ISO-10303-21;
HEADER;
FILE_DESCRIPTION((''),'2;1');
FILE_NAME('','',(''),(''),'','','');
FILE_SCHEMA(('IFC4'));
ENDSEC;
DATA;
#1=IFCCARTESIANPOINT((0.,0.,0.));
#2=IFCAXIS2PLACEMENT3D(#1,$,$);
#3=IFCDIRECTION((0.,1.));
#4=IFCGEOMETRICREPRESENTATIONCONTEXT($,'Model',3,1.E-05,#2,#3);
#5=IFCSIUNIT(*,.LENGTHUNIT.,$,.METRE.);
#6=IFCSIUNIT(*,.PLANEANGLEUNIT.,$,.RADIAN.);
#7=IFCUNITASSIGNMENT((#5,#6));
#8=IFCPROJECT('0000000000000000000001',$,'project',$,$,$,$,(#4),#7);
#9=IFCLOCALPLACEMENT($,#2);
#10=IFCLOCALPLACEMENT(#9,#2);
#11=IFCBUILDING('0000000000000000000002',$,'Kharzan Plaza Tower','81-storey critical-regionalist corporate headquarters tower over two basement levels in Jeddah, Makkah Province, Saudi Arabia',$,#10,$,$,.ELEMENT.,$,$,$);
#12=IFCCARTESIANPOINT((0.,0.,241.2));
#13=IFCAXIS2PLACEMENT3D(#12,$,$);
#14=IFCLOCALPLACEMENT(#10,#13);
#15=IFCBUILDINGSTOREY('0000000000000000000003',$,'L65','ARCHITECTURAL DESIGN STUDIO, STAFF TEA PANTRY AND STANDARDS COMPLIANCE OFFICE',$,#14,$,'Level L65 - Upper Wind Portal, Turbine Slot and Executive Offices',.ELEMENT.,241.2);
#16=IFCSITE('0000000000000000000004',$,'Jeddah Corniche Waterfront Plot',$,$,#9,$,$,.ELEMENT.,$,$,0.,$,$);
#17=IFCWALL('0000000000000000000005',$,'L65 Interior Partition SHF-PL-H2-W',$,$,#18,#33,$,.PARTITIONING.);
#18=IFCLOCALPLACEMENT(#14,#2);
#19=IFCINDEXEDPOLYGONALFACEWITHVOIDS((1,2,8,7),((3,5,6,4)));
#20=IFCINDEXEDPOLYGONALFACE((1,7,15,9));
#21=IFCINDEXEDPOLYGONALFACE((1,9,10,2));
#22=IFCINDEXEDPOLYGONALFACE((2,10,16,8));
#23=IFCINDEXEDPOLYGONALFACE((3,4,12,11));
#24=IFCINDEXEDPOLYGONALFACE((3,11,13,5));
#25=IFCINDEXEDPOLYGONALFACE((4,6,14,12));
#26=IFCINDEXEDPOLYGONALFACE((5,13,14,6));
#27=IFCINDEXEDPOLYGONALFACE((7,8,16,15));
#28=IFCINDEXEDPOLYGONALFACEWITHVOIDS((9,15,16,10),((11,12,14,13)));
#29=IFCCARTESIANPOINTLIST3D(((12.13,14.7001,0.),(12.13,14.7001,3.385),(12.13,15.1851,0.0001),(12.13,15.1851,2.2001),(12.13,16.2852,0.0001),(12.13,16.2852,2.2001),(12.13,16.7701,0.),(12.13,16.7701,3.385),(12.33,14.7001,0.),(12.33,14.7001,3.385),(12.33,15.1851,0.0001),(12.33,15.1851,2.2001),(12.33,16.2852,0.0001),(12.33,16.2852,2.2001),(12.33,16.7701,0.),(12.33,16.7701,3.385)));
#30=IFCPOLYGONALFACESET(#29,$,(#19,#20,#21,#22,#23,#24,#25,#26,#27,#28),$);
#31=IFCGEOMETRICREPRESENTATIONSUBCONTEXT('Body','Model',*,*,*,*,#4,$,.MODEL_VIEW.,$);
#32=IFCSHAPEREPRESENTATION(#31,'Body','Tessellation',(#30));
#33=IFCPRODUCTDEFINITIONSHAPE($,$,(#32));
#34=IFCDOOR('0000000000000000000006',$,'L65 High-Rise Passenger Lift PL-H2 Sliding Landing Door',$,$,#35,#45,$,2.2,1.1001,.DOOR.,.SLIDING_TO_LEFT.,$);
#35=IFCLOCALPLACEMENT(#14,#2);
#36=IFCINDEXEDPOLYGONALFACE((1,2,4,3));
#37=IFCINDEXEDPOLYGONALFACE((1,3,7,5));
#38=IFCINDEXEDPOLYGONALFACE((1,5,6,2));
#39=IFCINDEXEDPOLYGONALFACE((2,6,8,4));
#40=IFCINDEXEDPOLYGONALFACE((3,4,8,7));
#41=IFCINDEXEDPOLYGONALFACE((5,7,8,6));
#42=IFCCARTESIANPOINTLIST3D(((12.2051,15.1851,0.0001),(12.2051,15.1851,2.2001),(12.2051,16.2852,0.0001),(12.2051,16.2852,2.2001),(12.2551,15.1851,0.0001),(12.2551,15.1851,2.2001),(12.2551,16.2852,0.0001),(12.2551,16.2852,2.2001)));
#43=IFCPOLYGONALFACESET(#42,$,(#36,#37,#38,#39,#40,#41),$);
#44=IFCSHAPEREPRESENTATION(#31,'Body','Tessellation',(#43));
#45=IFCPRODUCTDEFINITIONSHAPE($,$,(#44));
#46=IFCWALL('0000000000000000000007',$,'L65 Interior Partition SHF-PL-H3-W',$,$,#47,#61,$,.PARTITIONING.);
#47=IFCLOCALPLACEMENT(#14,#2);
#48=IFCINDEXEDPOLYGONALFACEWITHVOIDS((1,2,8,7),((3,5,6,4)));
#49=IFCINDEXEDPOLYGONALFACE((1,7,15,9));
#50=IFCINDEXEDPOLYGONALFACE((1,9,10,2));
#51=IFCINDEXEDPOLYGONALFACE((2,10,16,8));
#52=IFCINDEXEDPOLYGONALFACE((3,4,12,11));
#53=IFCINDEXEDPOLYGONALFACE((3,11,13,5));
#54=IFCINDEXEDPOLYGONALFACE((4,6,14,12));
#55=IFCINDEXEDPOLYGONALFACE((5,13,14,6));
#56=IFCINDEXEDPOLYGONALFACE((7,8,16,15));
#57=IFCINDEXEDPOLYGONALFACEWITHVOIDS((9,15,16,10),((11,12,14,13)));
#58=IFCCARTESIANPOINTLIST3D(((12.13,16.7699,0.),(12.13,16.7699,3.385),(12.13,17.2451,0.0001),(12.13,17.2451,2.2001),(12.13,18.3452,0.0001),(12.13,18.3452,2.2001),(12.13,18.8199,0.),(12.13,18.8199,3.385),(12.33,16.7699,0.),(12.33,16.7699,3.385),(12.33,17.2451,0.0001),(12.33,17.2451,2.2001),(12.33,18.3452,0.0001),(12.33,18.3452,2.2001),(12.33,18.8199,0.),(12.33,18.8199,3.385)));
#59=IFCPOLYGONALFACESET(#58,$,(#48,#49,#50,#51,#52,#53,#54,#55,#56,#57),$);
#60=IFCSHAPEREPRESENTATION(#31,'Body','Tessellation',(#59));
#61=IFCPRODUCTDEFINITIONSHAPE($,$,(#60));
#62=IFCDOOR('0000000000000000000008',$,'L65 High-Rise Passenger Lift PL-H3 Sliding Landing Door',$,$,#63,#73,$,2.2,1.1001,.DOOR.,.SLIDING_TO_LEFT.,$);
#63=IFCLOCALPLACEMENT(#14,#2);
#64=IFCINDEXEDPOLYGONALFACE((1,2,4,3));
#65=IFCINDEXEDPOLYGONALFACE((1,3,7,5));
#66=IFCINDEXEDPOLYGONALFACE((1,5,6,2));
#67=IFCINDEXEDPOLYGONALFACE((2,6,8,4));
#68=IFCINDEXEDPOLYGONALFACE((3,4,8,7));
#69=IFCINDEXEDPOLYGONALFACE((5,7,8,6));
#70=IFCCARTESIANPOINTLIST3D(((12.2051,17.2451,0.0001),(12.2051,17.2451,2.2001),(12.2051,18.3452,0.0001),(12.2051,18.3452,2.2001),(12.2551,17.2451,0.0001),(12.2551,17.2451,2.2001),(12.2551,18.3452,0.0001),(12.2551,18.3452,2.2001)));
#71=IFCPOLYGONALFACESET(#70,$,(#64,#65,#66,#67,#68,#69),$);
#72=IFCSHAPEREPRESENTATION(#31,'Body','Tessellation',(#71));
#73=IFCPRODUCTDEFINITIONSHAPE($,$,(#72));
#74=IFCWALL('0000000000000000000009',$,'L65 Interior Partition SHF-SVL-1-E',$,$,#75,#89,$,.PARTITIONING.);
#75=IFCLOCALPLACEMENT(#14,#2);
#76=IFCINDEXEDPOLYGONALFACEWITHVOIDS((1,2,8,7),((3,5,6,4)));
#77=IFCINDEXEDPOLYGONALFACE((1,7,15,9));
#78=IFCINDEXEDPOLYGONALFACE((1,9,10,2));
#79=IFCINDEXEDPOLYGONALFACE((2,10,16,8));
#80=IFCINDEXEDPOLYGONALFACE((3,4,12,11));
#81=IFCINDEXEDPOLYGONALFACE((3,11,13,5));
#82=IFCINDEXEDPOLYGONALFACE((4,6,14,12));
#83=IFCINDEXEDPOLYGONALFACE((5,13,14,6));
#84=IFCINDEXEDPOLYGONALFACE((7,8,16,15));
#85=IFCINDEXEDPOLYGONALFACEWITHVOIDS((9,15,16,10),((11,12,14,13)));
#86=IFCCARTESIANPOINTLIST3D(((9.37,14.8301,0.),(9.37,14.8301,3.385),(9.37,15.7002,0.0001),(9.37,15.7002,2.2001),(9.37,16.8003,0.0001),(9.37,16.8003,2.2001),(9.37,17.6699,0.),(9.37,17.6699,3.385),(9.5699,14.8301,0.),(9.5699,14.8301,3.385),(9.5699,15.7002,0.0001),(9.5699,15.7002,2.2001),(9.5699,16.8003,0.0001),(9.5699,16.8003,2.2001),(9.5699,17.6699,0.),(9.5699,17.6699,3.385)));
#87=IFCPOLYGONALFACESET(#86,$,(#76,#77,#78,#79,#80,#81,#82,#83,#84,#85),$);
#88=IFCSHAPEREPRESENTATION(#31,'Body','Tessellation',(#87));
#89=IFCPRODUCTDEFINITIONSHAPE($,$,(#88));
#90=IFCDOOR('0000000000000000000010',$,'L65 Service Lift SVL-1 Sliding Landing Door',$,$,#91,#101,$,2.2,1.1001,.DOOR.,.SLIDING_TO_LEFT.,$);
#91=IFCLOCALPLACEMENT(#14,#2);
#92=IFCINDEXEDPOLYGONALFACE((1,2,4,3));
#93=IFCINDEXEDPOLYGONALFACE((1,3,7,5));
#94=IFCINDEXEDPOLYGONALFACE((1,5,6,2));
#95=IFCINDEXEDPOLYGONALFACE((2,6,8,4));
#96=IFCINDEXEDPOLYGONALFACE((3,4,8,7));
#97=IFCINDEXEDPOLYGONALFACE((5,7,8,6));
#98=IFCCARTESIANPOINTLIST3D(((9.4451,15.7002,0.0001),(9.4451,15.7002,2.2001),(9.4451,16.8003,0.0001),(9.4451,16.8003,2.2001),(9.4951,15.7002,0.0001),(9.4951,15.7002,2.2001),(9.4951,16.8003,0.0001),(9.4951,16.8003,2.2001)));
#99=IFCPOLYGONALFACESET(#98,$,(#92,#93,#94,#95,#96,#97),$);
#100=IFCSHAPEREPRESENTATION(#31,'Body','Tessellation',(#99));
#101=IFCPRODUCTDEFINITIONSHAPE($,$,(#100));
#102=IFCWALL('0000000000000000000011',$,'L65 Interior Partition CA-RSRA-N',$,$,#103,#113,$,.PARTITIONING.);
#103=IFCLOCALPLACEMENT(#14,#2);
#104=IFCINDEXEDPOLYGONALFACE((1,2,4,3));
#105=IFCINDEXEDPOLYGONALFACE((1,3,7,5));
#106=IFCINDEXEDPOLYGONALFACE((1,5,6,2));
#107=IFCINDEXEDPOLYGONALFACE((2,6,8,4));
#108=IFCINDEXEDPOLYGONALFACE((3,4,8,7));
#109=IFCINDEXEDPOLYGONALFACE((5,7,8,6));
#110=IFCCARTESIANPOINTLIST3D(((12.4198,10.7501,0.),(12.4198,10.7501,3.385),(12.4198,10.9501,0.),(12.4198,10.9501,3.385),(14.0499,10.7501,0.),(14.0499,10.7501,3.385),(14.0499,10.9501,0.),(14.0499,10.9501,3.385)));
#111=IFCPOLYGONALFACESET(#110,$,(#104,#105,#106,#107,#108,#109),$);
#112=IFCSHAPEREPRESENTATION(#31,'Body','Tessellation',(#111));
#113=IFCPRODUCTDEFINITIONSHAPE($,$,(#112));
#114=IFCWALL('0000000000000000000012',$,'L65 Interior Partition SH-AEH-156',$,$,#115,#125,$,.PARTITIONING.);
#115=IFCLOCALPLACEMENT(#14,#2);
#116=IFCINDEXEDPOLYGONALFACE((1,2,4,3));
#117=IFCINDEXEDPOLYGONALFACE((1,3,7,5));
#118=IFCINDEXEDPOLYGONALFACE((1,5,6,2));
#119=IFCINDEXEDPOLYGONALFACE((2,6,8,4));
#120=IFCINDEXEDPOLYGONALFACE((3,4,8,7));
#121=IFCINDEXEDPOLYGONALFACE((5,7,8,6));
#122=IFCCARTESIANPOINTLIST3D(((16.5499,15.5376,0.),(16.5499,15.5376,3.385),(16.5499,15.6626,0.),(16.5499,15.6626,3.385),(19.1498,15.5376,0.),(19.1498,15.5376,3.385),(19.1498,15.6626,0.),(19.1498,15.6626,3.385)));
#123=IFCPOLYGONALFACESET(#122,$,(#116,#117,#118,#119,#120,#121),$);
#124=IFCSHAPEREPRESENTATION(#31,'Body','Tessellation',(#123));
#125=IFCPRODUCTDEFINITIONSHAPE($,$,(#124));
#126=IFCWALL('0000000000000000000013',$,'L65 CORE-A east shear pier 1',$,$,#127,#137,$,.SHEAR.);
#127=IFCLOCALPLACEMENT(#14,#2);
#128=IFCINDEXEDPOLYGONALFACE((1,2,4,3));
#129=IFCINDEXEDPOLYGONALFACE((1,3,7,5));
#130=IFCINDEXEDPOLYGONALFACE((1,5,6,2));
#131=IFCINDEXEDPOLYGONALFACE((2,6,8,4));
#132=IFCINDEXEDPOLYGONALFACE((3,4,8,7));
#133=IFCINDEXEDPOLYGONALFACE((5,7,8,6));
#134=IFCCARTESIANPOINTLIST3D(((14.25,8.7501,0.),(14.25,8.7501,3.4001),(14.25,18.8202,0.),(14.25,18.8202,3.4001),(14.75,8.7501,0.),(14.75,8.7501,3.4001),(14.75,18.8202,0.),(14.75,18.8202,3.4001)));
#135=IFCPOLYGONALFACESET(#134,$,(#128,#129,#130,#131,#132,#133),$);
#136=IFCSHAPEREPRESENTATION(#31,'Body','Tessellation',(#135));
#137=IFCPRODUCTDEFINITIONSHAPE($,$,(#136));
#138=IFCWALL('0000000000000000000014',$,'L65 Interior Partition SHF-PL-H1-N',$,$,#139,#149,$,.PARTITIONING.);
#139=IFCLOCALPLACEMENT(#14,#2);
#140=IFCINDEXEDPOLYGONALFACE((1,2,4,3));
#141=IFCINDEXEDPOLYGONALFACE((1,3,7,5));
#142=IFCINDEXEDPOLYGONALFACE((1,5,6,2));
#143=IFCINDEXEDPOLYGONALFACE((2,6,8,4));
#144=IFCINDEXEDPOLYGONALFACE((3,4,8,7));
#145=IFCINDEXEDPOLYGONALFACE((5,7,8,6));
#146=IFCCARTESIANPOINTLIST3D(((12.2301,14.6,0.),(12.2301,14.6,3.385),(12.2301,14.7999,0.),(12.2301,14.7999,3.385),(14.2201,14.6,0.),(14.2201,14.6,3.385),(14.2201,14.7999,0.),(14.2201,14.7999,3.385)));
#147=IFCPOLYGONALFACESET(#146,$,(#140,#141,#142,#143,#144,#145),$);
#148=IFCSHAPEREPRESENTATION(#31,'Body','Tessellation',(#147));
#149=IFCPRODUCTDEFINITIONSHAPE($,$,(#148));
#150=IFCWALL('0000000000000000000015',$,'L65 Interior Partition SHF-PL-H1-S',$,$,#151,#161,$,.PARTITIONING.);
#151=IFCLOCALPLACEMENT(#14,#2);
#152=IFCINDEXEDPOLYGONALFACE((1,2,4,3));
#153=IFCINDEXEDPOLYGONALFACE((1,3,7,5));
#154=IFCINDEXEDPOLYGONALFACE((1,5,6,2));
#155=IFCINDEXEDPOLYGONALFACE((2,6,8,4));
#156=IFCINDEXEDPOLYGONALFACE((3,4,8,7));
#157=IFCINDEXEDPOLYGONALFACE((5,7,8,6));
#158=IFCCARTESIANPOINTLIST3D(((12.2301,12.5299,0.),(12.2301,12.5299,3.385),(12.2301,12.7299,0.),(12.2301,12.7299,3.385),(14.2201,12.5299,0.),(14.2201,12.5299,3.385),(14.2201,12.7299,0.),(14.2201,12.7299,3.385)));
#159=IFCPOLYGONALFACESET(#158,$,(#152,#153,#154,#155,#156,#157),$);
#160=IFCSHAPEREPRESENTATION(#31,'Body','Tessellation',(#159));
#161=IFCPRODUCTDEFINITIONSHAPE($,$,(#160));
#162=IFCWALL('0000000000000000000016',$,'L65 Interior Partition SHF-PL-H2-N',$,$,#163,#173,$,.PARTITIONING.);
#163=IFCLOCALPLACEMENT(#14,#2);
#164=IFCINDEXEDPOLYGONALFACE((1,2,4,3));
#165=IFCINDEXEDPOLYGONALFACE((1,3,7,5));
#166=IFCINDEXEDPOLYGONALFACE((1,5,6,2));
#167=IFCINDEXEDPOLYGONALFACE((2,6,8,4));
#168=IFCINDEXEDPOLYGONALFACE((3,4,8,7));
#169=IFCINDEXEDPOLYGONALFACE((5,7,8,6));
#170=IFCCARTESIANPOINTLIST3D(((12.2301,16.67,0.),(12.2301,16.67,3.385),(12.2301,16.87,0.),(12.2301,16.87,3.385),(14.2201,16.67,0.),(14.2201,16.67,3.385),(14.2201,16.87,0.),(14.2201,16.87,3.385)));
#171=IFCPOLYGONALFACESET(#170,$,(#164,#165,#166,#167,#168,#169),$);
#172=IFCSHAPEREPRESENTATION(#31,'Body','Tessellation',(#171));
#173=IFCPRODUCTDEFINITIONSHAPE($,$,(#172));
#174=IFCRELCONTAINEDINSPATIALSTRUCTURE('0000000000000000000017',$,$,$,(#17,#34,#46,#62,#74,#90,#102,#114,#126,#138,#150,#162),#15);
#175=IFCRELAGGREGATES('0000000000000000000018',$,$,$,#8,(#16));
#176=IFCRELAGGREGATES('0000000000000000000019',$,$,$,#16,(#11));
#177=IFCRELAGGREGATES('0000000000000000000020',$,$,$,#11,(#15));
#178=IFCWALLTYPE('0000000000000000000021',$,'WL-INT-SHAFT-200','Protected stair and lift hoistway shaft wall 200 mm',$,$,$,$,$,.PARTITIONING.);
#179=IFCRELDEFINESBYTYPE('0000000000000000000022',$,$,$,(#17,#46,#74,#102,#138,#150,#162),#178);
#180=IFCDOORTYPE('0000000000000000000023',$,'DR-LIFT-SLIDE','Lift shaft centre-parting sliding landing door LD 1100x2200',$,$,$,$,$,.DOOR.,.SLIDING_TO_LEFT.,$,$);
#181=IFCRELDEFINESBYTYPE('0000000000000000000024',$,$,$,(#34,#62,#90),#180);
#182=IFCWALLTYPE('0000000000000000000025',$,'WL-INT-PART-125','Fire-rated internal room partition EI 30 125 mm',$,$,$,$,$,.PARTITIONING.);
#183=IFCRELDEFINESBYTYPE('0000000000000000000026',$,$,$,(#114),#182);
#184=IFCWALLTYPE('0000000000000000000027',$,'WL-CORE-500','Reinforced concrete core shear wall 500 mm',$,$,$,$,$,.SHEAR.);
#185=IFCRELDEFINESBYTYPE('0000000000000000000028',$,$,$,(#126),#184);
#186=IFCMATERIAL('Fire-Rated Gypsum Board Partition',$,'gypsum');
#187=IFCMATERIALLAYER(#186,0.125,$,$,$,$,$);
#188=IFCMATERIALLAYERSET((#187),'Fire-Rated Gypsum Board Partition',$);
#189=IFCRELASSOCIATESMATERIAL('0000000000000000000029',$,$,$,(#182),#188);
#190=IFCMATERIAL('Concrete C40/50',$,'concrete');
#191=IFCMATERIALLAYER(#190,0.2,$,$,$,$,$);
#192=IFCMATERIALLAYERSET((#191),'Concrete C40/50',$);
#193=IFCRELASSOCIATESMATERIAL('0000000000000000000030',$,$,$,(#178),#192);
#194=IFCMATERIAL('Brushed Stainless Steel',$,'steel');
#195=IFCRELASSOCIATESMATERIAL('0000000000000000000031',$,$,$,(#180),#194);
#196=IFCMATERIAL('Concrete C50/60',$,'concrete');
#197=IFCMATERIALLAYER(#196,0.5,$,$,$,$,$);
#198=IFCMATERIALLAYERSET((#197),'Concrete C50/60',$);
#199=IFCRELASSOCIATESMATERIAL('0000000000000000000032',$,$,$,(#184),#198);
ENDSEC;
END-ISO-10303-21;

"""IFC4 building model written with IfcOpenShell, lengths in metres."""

from ifc_helpers import new_model, si_unit, direction, frame, frame_2d, origin, place, context, subcontext, project, spatial, rectangle, extrude, source, transform, mapped, material, layer, layer_set, type_object, element, fill, save


model = new_model("IFC4")

# Units and contexts
model_context = context("Model", 3, precision=1e-05, world=origin(), true_north=direction((0.0, 1.0)))
body_context = subcontext(model_context, "Body", "Model", "MODEL_VIEW")
ifc_project = project(units=[si_unit("LENGTHUNIT", "METRE"), si_unit("PLANEANGLEUNIT", "RADIAN")], contexts=[model_context])

# Site, building, storey
site_placement = place(None, origin())
site = spatial("IfcSite", under=ifc_project, at=site_placement, Name="Jeddah Corniche Waterfront Plot", CompositionType="ELEMENT", RefElevation=0.0)
building_placement = place(site_placement, origin())
building = spatial("IfcBuilding", under=site, at=building_placement, Name="Kharzan Plaza Tower", Description="81-storey critical-regionalist corporate headquarters tower over two basement levels in Jeddah, Makkah Province, Saudi Arabia", CompositionType="ELEMENT")
storey_placement = place(building_placement, frame((0.0, 0.0, 241.2)))
storey = spatial("IfcBuildingStorey", under=building, at=storey_placement, Name="L65", Description="ARCHITECTURAL DESIGN STUDIO, STAFF TEA PANTRY AND STANDARDS COMPLIANCE OFFICE", LongName="Level L65 - Upper Wind Portal, Turbine Slot and Executive Offices", CompositionType="ELEMENT", Elevation=241.2)

# Walls, openings, doors
ifc_material_1 = material(Name="Fire-Rated Gypsum Board Partition", Category="gypsum")
ifc_layer_1 = layer(ifc_material_1, 0.125)
ifc_layer_set_1 = layer_set([ifc_layer_1], Name="Fire-Rated Gypsum Board Partition")
wall_type_1 = type_object("IfcWallType", Name="WL-INT-PART-125", Description="Fire-rated internal room partition EI 30 125 mm", PredefinedType="PARTITIONING", material=ifc_layer_set_1)
ifc_material_2 = material(Name="Concrete C40/50", Category="concrete")
ifc_layer_2 = layer(ifc_material_2, 0.2)
ifc_layer_set_2 = layer_set([ifc_layer_2], Name="Concrete C40/50")
wall_type_2 = type_object("IfcWallType", Name="WL-INT-SHAFT-200", Description="Protected stair and lift hoistway shaft wall 200 mm", PredefinedType="PARTITIONING", material=ifc_layer_set_2)
ifc_material_3 = material(Name="Brushed Stainless Steel", Category="steel")
door_type_1 = type_object("IfcDoorType", Name="DR-LIFT-SLIDE", Description="Lift shaft centre-parting sliding landing door LD 1100x2200", OperationType="SLIDING_TO_LEFT", PredefinedType="DOOR", material=ifc_material_3)
shared_shape_1 = source(origin(), body_context, "Body", "SweptSolid", [
    extrude(rectangle(XDim=1.1001, YDim=2.2, at=frame_2d((0.55, 1.1001))), frame((0.0, 0.0249, 0.0), z_axis=(0.0, -1.0, 0.0), x_axis=(1.0, 0.0, 0.0)), (0.0, 0.0, 1.0), 0.05),
])
wall_1_placement = place(storey_placement, frame((12.23, 14.7, 0.0), z_axis=(0.0, 0.0, 1.0), x_axis=(0.0, 1.0, 0.0)))
wall_1 = element("IfcWall", 1, at=wall_1_placement, inside=storey, type_object=wall_type_2, Name="L65 Interior Partition SHF-PL-H2-W", PredefinedType="PARTITIONING", context=body_context, shape_type="SweptSolid", body=[
    extrude(rectangle(XDim=2.0701, YDim=0.2, at=frame_2d((1.0352, 0.0))), origin(), (0.0, 0.0, 1.0), 3.385),
])
opening_1_placement = place(wall_1_placement, frame((0.4851, 0.0, 0.0)))
opening_1 = element("IfcOpeningElement", 2, at=opening_1_placement, cuts=wall_1, PredefinedType="OPENING", context=body_context, shape_type="SweptSolid", body=[
    extrude(rectangle(XDim=1.1001, YDim=2.2, at=frame_2d((0.55, 1.1001))), frame((0.0, 0.1099, 0.0), z_axis=(0.0, -1.0, 0.0), x_axis=(1.0, 0.0, 0.0)), (0.0, 0.0, 1.0), 0.22),
])
door_1_placement = place(opening_1_placement, origin())
door_1 = element("IfcDoor", 3, at=door_1_placement, inside=storey, type_object=door_type_1, Name="L65 High-Rise Passenger Lift PL-H2 Sliding Landing Door", OperationType="SLIDING_TO_LEFT", OverallHeight=2.2, OverallWidth=1.1001, PredefinedType="DOOR", context=body_context, shape_type="MappedRepresentation", body=[
    mapped(shared_shape_1, transform((0.0, 0.0, 0.0), x_axis=(1.0, 0.0, 0.0), y_axis=(0.0, 1.0, 0.0), z_axis=(0.0, 0.0, 1.0))),
])
fill(opening_1, door_1)
wall_2_placement = place(storey_placement, frame((12.23, 16.77, 0.0), z_axis=(0.0, 0.0, 1.0), x_axis=(0.0, 1.0, 0.0)))
wall_2 = element("IfcWall", 4, at=wall_2_placement, inside=storey, type_object=wall_type_2, Name="L65 Interior Partition SHF-PL-H3-W", PredefinedType="PARTITIONING", context=body_context, shape_type="SweptSolid", body=[
    extrude(rectangle(XDim=2.05, YDim=0.2, at=frame_2d((1.0249, 0.0))), origin(), (0.0, 0.0, 1.0), 3.385),
])
opening_2_placement = place(wall_2_placement, frame((0.4751, 0.0, 0.0)))
opening_2 = element("IfcOpeningElement", 5, at=opening_2_placement, cuts=wall_2, PredefinedType="OPENING", context=body_context, shape_type="SweptSolid", body=[
    extrude(rectangle(XDim=1.1001, YDim=2.2, at=frame_2d((0.55, 1.1001))), frame((0.0, 0.1099, 0.0), z_axis=(0.0, -1.0, 0.0), x_axis=(1.0, 0.0, 0.0)), (0.0, 0.0, 1.0), 0.22),
])
door_2_placement = place(opening_2_placement, origin())
door_2 = element("IfcDoor", 6, at=door_2_placement, inside=storey, type_object=door_type_1, Name="L65 High-Rise Passenger Lift PL-H3 Sliding Landing Door", OperationType="SLIDING_TO_LEFT", OverallHeight=2.2, OverallWidth=1.1001, PredefinedType="DOOR", context=body_context, shape_type="MappedRepresentation", body=[
    mapped(shared_shape_1, transform((0.0, 0.0, 0.0), x_axis=(1.0, 0.0, 0.0), y_axis=(0.0, 1.0, 0.0), z_axis=(0.0, 0.0, 1.0))),
])
fill(opening_2, door_2)
wall_3_placement = place(storey_placement, frame((9.47, 14.8301, 0.0), z_axis=(0.0, 0.0, 1.0), x_axis=(0.0, 1.0, 0.0)))
wall_3 = element("IfcWall", 7, at=wall_3_placement, inside=storey, type_object=wall_type_2, Name="L65 Interior Partition SHF-SVL-1-E", PredefinedType="PARTITIONING", context=body_context, shape_type="SweptSolid", body=[
    extrude(rectangle(XDim=2.8398, YDim=0.2, at=frame_2d((1.4199, 0.0))), origin(), (0.0, 0.0, 1.0), 3.385),
])
opening_3_placement = place(wall_3_placement, frame((0.8701, 0.0, 0.0)))
opening_3 = element("IfcOpeningElement", 8, at=opening_3_placement, cuts=wall_3, PredefinedType="OPENING", context=body_context, shape_type="SweptSolid", body=[
    extrude(rectangle(XDim=1.1001, YDim=2.2, at=frame_2d((0.55, 1.1001))), frame((0.0, 0.1099, 0.0), z_axis=(0.0, -1.0, 0.0), x_axis=(1.0, 0.0, 0.0)), (0.0, 0.0, 1.0), 0.22),
])
door_3_placement = place(opening_3_placement, origin())
door_3 = element("IfcDoor", 9, at=door_3_placement, inside=storey, type_object=door_type_1, Name="L65 Service Lift SVL-1 Sliding Landing Door", OperationType="SLIDING_TO_LEFT", OverallHeight=2.2, OverallWidth=1.1001, PredefinedType="DOOR", context=body_context, shape_type="MappedRepresentation", body=[
    mapped(shared_shape_1, transform((0.0, 0.0, 0.0), x_axis=(1.0, 0.0, 0.0), y_axis=(0.0, 1.0, 0.0), z_axis=(0.0, 0.0, 1.0))),
])
fill(opening_3, door_3)

# Walls
shared_shape_2 = source(origin(), body_context, "Body", "SweptSolid", [
    extrude(rectangle(XDim=1.6301, YDim=0.2, at=frame_2d((0.8149, 0.0))), origin(), (0.0, 0.0, 1.0), 3.385),
])
wall_4_placement = place(storey_placement, frame((12.4199, 10.8501, 0.0), z_axis=(0.0, 0.0, 1.0), x_axis=(1.0, 0.0, 0.0)))
element("IfcWall", 10, at=wall_4_placement, inside=storey, type_object=wall_type_2, Name="L65 Interior Partition CA-RSRA-N", PredefinedType="PARTITIONING", context=body_context, shape_type="MappedRepresentation", body=[
    mapped(shared_shape_2, transform((0.0, 0.0, 0.0), x_axis=(1.0, 0.0, 0.0), y_axis=(0.0, 1.0, 0.0), z_axis=(0.0, 0.0, 1.0))),
])
shared_shape_3 = source(origin(), body_context, "Body", "SweptSolid", [
    extrude(rectangle(XDim=2.5999, YDim=0.125, at=frame_2d((1.2998, 0.0))), origin(), (0.0, 0.0, 1.0), 3.385),
])
wall_5_placement = place(storey_placement, frame((16.55, 15.6001, 0.0), z_axis=(0.0, 0.0, 1.0), x_axis=(1.0, 0.0, 0.0)))
element("IfcWall", 11, at=wall_5_placement, inside=storey, type_object=wall_type_1, Name="L65 Interior Partition SH-AEH-156", PredefinedType="PARTITIONING", context=body_context, shape_type="MappedRepresentation", body=[
    mapped(shared_shape_3, transform((0.0, 0.0, 0.0), x_axis=(1.0, 0.0, 0.0), y_axis=(0.0, 1.0, 0.0), z_axis=(0.0, 0.0, 1.0))),
])
ifc_material_4 = material(Name="Concrete C50/60", Category="concrete")
ifc_layer_3 = layer(ifc_material_4, 0.5)
ifc_layer_set_3 = layer_set([ifc_layer_3], Name="Concrete C50/60")
wall_type_3 = type_object("IfcWallType", Name="WL-CORE-500", Description="Reinforced concrete core shear wall 500 mm", PredefinedType="SHEAR", material=ifc_layer_set_3)
shared_shape_4 = source(origin(), body_context, "Body", "SweptSolid", [
    extrude(rectangle(XDim=10.0701, YDim=0.5, at=frame_2d((5.0352, 0.0))), origin(), (0.0, 0.0, 1.0), 3.4001),
])
wall_6_placement = place(storey_placement, frame((14.5, 8.75, 0.0), z_axis=(0.0, 0.0, 1.0), x_axis=(0.0, 1.0, 0.0)))
element("IfcWall", 12, at=wall_6_placement, inside=storey, type_object=wall_type_3, Name="L65 CORE-A east shear pier 1", PredefinedType="SHEAR", context=body_context, shape_type="MappedRepresentation", body=[
    mapped(shared_shape_4, transform((0.0, 0.0, 0.0), x_axis=(1.0, 0.0, 0.0), y_axis=(0.0, 1.0, 0.0), z_axis=(0.0, 0.0, 1.0))),
])
shared_shape_5 = source(origin(), body_context, "Body", "SweptSolid", [
    extrude(rectangle(XDim=1.99, YDim=0.2, at=frame_2d((0.9951, 0.0))), origin(), (0.0, 0.0, 1.0), 3.385),
])
for number, where, z_axis, x_axis, name in (
    (13, (12.23, 14.7, 0.0), (0.0, 0.0, 1.0), (1.0, 0.0, 0.0), "L65 Interior Partition SHF-PL-H1-N"),
    (14, (12.23, 12.6299, 0.0), (0.0, 0.0, 1.0), (1.0, 0.0, 0.0), "L65 Interior Partition SHF-PL-H1-S"),
    (15, (12.23, 16.77, 0.0), (0.0, 0.0, 1.0), (1.0, 0.0, 0.0), "L65 Interior Partition SHF-PL-H2-N"),
):
    element("IfcWall", number, at=place(storey_placement, frame(where, z_axis=z_axis, x_axis=x_axis)), inside=storey, type_object=wall_type_2, Name=name, PredefinedType="PARTITIONING", context=body_context, shape_type="MappedRepresentation", body=[
        mapped(shared_shape_5, transform((0.0, 0.0, 0.0), x_axis=(1.0, 0.0, 0.0), y_axis=(0.0, 1.0, 0.0), z_axis=(0.0, 0.0, 1.0))),
    ])

save(model, "model.ifc")
